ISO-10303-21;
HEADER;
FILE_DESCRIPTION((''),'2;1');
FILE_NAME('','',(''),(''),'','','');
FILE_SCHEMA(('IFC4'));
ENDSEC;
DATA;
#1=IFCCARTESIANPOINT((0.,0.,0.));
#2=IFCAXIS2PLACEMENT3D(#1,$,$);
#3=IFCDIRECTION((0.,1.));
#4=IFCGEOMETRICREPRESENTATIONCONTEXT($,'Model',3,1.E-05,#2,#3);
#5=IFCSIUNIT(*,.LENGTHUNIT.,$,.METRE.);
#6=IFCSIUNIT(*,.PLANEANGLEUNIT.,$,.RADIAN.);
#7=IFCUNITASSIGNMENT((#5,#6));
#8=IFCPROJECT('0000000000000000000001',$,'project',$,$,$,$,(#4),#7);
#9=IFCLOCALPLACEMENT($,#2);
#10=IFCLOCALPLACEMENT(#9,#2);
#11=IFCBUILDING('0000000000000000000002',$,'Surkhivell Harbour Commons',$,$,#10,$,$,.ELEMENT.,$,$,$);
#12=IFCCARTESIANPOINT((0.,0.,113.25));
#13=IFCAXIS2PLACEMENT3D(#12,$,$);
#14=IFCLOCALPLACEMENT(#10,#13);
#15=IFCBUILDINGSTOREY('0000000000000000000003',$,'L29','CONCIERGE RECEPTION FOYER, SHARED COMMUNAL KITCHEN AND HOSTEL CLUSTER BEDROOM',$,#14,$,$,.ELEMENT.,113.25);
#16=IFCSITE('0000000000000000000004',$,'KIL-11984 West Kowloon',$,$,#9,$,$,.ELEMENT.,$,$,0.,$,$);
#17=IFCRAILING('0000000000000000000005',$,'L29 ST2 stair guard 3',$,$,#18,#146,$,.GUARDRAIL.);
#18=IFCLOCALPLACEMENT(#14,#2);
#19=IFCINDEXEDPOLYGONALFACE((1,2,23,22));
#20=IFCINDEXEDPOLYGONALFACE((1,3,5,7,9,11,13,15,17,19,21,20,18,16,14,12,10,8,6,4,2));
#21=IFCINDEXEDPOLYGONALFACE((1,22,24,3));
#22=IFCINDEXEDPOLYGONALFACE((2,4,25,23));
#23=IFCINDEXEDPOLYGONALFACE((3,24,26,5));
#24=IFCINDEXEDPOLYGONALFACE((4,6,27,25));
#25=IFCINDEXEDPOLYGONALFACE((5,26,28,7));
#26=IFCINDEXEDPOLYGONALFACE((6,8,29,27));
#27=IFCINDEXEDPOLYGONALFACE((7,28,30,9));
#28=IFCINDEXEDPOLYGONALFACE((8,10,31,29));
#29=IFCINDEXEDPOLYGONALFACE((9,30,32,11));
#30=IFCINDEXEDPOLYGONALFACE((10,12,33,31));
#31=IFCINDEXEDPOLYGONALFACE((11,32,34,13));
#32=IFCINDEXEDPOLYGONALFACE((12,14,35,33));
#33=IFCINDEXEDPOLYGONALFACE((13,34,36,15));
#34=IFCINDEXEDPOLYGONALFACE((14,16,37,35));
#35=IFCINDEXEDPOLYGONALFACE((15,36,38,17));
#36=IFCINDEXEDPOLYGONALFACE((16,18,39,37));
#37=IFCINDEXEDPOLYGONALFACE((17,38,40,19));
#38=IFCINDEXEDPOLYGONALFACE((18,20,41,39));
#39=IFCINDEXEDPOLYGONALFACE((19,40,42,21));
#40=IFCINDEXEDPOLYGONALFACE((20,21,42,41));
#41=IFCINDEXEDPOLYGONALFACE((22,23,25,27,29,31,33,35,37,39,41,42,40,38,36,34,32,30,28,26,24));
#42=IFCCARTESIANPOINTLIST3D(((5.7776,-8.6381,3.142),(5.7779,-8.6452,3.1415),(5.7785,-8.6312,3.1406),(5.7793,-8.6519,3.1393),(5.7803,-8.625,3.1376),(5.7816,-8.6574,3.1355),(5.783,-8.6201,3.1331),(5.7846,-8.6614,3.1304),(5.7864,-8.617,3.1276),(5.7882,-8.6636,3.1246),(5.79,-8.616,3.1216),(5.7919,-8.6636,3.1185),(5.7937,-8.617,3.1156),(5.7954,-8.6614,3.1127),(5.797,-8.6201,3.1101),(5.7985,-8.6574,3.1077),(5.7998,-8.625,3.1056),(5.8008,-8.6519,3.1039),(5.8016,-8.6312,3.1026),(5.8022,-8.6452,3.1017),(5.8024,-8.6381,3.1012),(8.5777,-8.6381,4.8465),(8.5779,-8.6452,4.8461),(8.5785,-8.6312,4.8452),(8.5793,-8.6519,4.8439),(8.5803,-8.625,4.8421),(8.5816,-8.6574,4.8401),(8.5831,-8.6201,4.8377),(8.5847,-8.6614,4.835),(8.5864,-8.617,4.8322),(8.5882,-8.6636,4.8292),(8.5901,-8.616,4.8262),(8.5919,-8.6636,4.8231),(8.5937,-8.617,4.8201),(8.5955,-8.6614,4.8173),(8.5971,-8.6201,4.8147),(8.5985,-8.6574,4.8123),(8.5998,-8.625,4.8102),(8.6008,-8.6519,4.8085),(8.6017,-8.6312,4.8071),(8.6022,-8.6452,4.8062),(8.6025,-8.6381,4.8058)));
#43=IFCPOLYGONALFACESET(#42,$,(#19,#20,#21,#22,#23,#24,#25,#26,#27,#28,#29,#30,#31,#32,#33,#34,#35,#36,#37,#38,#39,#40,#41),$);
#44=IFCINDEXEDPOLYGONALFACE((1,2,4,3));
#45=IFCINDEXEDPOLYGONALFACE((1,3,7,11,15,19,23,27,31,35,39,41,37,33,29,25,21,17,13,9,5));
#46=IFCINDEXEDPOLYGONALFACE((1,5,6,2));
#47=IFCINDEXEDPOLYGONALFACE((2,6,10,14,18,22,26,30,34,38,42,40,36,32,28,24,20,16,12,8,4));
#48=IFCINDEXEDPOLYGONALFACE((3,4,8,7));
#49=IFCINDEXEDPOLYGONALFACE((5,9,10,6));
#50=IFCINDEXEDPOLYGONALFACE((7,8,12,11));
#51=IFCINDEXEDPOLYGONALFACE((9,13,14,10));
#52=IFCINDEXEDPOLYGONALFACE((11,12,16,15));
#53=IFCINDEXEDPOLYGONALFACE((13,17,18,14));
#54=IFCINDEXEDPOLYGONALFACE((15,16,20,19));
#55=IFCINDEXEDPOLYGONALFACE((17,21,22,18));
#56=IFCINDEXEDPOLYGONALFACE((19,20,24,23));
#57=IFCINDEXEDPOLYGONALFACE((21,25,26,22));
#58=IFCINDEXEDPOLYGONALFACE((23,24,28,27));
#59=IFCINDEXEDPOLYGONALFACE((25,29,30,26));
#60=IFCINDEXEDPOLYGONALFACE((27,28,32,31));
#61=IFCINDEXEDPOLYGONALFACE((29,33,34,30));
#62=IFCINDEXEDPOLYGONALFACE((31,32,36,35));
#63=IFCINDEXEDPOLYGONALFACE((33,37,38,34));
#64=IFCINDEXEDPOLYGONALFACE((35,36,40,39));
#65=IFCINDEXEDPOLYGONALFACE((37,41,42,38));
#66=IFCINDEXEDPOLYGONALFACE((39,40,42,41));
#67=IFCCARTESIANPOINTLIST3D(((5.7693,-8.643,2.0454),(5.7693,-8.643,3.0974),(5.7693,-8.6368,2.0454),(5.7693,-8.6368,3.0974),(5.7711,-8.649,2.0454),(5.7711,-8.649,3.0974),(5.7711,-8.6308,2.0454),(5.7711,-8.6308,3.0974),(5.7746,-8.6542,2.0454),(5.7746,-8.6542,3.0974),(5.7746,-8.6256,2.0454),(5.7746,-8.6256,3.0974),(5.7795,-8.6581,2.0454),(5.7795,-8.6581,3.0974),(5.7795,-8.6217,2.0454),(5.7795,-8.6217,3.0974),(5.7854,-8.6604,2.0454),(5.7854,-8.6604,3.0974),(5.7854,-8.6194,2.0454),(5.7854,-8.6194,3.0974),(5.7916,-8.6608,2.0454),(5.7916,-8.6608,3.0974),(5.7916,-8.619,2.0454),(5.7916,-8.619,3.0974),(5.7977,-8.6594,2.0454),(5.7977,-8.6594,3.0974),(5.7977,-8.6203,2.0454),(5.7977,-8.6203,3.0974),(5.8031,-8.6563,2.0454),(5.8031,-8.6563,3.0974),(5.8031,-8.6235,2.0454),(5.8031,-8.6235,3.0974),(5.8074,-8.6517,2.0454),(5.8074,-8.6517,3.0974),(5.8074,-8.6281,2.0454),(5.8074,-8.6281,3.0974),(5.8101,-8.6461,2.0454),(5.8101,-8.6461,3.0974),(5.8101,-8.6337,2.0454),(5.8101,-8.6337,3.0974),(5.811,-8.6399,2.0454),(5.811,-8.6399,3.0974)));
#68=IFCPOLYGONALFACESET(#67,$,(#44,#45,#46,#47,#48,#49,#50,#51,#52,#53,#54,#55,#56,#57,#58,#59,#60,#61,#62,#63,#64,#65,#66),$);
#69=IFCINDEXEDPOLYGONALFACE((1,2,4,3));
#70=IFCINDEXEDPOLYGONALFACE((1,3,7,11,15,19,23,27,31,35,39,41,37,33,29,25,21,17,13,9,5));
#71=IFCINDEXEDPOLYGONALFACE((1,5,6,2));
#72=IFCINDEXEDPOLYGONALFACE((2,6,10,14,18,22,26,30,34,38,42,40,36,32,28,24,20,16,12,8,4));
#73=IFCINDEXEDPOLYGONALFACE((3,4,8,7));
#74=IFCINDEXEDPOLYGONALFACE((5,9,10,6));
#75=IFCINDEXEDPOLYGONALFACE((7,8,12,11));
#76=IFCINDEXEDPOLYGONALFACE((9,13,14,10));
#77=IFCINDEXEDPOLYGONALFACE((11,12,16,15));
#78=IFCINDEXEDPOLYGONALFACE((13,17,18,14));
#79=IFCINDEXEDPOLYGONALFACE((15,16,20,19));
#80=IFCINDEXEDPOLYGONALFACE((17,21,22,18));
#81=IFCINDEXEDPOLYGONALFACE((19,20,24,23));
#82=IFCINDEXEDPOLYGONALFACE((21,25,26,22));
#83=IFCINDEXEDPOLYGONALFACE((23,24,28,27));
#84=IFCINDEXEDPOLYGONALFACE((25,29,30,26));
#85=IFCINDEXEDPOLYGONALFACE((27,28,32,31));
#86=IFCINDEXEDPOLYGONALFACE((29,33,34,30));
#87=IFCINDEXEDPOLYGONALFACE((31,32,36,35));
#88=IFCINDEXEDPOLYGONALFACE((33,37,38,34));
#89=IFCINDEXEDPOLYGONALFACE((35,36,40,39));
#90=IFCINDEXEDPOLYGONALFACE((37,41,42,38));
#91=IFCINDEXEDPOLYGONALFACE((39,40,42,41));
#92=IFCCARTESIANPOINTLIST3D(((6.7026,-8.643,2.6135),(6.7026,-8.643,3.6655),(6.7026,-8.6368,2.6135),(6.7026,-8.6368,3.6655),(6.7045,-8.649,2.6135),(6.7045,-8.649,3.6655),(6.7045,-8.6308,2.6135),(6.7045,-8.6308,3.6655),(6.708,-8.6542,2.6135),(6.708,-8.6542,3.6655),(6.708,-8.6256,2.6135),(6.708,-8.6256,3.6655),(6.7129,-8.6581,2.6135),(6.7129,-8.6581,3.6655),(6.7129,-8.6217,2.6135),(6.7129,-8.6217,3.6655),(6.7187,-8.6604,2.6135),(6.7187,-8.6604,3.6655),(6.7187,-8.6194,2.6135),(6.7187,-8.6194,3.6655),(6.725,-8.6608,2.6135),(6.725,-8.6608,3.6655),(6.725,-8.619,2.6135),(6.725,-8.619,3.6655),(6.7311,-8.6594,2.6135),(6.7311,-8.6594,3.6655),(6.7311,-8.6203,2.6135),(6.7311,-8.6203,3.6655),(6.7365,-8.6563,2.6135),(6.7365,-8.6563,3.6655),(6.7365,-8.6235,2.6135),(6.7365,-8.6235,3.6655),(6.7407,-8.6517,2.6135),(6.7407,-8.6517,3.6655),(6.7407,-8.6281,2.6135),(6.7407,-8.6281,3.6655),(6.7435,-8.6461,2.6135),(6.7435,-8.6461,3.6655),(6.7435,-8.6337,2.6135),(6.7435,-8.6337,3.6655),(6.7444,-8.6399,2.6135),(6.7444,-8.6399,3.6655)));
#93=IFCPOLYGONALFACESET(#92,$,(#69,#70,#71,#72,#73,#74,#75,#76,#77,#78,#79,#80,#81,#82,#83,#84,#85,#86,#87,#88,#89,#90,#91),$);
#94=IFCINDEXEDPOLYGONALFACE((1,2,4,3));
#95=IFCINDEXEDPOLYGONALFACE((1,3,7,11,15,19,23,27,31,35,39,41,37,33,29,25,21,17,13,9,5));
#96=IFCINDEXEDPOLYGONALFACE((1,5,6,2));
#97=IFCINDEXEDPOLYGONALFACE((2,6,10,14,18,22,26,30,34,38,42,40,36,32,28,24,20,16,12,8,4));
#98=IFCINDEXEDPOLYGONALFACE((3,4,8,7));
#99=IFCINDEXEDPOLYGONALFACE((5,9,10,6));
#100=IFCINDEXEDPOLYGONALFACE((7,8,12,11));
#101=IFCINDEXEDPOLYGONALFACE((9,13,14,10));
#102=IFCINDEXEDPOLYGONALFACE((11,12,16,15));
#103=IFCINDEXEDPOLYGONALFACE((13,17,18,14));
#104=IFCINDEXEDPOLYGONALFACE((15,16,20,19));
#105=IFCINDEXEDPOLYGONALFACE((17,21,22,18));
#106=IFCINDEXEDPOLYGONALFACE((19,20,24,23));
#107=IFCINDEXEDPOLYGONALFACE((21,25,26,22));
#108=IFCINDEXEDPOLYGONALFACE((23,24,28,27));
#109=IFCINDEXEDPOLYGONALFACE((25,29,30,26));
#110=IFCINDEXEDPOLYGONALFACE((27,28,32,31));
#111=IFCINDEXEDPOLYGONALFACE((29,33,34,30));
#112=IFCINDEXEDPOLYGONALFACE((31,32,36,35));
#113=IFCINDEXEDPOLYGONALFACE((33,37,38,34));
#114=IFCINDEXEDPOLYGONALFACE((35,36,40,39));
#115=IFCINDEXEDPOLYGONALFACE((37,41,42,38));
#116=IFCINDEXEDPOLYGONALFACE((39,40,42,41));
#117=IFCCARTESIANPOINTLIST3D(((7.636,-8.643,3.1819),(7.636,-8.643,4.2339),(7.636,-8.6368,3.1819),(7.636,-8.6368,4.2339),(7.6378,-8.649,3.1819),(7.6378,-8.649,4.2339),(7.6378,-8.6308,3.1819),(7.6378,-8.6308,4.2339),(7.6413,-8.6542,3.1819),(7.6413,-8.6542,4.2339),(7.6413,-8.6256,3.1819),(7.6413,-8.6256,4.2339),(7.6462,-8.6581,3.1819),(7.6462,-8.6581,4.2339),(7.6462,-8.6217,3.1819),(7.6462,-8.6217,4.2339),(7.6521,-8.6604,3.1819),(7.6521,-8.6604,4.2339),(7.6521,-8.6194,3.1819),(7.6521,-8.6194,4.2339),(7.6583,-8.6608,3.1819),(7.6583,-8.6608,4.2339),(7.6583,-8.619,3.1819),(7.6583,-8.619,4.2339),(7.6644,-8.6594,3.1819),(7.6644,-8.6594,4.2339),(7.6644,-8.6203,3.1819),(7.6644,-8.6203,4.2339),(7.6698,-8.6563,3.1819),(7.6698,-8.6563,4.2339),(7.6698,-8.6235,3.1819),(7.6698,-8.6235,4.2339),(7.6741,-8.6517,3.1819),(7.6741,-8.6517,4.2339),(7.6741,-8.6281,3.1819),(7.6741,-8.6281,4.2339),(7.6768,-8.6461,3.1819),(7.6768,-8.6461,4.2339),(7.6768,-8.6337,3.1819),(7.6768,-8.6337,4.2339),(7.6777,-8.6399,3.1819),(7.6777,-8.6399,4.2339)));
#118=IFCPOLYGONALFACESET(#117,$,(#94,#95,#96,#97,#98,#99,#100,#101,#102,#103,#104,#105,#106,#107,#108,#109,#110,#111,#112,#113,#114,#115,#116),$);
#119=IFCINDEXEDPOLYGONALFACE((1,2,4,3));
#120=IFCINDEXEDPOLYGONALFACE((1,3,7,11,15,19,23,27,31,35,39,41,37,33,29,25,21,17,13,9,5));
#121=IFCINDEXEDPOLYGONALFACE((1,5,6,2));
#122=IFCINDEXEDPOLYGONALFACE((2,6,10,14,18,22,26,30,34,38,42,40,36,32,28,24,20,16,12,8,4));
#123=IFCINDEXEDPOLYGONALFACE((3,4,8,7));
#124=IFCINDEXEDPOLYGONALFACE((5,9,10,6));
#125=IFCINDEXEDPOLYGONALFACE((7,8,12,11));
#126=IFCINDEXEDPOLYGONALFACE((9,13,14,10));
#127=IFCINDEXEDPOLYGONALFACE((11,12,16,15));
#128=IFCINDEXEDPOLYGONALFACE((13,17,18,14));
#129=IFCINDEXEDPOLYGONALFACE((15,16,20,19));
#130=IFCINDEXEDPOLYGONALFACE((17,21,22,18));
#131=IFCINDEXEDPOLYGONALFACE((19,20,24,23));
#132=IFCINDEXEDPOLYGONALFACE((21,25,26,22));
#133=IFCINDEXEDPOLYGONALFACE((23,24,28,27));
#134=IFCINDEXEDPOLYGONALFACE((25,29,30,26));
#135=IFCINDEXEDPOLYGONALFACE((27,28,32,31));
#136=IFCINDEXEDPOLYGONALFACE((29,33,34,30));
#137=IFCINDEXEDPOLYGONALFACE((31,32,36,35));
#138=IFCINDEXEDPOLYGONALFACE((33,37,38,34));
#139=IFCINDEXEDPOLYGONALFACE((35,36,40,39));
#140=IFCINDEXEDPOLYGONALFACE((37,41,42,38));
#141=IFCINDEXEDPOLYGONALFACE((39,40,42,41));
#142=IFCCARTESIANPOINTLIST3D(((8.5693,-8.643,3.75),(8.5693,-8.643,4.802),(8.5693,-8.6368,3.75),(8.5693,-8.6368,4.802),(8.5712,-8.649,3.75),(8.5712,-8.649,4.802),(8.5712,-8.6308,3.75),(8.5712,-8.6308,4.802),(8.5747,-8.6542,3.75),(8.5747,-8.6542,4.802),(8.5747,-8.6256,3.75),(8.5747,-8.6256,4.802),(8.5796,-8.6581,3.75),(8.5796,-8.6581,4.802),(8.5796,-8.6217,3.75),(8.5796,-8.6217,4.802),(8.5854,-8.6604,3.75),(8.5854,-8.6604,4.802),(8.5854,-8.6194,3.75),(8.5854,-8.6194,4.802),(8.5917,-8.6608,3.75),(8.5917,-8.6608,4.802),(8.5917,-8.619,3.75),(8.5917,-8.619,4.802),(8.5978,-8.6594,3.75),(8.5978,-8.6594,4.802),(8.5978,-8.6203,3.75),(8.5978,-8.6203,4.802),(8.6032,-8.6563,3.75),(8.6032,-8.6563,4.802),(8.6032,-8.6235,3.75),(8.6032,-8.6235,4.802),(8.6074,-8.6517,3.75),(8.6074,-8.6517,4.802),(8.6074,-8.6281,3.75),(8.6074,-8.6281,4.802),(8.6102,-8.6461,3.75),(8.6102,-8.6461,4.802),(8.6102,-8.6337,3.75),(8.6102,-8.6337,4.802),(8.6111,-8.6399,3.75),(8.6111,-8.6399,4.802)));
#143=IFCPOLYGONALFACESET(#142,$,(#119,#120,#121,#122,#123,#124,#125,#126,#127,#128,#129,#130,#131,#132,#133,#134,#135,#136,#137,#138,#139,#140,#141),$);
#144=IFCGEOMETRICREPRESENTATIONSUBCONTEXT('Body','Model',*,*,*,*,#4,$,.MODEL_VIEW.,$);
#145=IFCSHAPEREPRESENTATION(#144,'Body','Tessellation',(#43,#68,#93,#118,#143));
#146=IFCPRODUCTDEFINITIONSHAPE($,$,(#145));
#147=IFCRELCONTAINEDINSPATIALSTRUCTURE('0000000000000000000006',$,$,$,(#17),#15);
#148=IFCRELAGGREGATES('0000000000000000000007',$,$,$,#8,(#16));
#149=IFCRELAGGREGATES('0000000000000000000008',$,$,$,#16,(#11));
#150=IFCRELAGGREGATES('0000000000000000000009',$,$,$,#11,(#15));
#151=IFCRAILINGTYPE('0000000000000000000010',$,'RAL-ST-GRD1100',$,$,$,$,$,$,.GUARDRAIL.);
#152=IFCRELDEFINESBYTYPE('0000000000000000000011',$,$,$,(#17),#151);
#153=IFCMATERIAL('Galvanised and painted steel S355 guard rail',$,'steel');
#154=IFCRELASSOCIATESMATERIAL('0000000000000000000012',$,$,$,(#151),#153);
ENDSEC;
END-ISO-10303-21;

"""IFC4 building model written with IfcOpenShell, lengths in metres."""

from ifc_helpers import new_model, si_unit, direction, frame, origin, origin_2d, place, context, subcontext, project, spatial, circle, extrude, material, type_object, element, save


model = new_model("IFC4")

# Units and contexts
model_context = context("Model", 3, precision=1e-05, world=origin(), true_north=direction((0.0, 1.0)))
body_context = subcontext(model_context, "Body", "Model", "MODEL_VIEW")
ifc_project = project(units=[si_unit("LENGTHUNIT", "METRE"), si_unit("PLANEANGLEUNIT", "RADIAN")], contexts=[model_context])

# Site, building, storey
site_placement = place(None, origin())
site = spatial("IfcSite", under=ifc_project, at=site_placement, Name="KIL-11984 West Kowloon", CompositionType="ELEMENT", RefElevation=0.0)
building_placement = place(site_placement, origin())
building = spatial("IfcBuilding", under=site, at=building_placement, Name="Surkhivell Harbour Commons", CompositionType="ELEMENT")
storey_placement = place(building_placement, frame((0.0, 0.0, 113.25)))
storey = spatial("IfcBuildingStorey", under=building, at=storey_placement, Name="L29", Description="CONCIERGE RECEPTION FOYER, SHARED COMMUNAL KITCHEN AND HOSTEL CLUSTER BEDROOM", CompositionType="ELEMENT", Elevation=113.25)

# Railing
ifc_material_1 = material(Name="Galvanised and painted steel S355 guard rail", Category="steel")
railing_type = type_object("IfcRailingType", Name="RAL-ST-GRD1100", PredefinedType="GUARDRAIL", material=ifc_material_1)
railing_1_placement = place(storey_placement, frame((5.79, -8.6399, 2.0454)))
element("IfcRailing", 1, at=railing_1_placement, inside=storey, type_object=railing_type, Name="L29 ST2 stair guard 3", PredefinedType="GUARDRAIL", context=body_context, shape_type="SweptSolid", body=[
    extrude(circle(Radius=0.0239, at=origin_2d()), frame((0.0, 0.0, 1.0762), z_axis=(0.85417, 0.0, 0.519994), x_axis=(0.0, 1.0, 0.0)), (0.0, 0.0, 1.0), 3.2781),
    extrude(circle(Radius=0.021, at=origin_2d()), origin(), (0.0, 0.0, 1.0), 1.052),
    extrude(circle(Radius=0.021, at=origin_2d()), frame((0.9333, 0.0, 0.5681)), (0.0, 0.0, 1.0), 1.052),
    extrude(circle(Radius=0.021, at=origin_2d()), frame((1.8667, 0.0, 1.1365)), (0.0, 0.0, 1.0), 1.052),
    extrude(circle(Radius=0.021, at=origin_2d()), frame((2.8, 0.0, 1.7046)), (0.0, 0.0, 1.0), 1.052),
])

save(model, "model.ifc")
